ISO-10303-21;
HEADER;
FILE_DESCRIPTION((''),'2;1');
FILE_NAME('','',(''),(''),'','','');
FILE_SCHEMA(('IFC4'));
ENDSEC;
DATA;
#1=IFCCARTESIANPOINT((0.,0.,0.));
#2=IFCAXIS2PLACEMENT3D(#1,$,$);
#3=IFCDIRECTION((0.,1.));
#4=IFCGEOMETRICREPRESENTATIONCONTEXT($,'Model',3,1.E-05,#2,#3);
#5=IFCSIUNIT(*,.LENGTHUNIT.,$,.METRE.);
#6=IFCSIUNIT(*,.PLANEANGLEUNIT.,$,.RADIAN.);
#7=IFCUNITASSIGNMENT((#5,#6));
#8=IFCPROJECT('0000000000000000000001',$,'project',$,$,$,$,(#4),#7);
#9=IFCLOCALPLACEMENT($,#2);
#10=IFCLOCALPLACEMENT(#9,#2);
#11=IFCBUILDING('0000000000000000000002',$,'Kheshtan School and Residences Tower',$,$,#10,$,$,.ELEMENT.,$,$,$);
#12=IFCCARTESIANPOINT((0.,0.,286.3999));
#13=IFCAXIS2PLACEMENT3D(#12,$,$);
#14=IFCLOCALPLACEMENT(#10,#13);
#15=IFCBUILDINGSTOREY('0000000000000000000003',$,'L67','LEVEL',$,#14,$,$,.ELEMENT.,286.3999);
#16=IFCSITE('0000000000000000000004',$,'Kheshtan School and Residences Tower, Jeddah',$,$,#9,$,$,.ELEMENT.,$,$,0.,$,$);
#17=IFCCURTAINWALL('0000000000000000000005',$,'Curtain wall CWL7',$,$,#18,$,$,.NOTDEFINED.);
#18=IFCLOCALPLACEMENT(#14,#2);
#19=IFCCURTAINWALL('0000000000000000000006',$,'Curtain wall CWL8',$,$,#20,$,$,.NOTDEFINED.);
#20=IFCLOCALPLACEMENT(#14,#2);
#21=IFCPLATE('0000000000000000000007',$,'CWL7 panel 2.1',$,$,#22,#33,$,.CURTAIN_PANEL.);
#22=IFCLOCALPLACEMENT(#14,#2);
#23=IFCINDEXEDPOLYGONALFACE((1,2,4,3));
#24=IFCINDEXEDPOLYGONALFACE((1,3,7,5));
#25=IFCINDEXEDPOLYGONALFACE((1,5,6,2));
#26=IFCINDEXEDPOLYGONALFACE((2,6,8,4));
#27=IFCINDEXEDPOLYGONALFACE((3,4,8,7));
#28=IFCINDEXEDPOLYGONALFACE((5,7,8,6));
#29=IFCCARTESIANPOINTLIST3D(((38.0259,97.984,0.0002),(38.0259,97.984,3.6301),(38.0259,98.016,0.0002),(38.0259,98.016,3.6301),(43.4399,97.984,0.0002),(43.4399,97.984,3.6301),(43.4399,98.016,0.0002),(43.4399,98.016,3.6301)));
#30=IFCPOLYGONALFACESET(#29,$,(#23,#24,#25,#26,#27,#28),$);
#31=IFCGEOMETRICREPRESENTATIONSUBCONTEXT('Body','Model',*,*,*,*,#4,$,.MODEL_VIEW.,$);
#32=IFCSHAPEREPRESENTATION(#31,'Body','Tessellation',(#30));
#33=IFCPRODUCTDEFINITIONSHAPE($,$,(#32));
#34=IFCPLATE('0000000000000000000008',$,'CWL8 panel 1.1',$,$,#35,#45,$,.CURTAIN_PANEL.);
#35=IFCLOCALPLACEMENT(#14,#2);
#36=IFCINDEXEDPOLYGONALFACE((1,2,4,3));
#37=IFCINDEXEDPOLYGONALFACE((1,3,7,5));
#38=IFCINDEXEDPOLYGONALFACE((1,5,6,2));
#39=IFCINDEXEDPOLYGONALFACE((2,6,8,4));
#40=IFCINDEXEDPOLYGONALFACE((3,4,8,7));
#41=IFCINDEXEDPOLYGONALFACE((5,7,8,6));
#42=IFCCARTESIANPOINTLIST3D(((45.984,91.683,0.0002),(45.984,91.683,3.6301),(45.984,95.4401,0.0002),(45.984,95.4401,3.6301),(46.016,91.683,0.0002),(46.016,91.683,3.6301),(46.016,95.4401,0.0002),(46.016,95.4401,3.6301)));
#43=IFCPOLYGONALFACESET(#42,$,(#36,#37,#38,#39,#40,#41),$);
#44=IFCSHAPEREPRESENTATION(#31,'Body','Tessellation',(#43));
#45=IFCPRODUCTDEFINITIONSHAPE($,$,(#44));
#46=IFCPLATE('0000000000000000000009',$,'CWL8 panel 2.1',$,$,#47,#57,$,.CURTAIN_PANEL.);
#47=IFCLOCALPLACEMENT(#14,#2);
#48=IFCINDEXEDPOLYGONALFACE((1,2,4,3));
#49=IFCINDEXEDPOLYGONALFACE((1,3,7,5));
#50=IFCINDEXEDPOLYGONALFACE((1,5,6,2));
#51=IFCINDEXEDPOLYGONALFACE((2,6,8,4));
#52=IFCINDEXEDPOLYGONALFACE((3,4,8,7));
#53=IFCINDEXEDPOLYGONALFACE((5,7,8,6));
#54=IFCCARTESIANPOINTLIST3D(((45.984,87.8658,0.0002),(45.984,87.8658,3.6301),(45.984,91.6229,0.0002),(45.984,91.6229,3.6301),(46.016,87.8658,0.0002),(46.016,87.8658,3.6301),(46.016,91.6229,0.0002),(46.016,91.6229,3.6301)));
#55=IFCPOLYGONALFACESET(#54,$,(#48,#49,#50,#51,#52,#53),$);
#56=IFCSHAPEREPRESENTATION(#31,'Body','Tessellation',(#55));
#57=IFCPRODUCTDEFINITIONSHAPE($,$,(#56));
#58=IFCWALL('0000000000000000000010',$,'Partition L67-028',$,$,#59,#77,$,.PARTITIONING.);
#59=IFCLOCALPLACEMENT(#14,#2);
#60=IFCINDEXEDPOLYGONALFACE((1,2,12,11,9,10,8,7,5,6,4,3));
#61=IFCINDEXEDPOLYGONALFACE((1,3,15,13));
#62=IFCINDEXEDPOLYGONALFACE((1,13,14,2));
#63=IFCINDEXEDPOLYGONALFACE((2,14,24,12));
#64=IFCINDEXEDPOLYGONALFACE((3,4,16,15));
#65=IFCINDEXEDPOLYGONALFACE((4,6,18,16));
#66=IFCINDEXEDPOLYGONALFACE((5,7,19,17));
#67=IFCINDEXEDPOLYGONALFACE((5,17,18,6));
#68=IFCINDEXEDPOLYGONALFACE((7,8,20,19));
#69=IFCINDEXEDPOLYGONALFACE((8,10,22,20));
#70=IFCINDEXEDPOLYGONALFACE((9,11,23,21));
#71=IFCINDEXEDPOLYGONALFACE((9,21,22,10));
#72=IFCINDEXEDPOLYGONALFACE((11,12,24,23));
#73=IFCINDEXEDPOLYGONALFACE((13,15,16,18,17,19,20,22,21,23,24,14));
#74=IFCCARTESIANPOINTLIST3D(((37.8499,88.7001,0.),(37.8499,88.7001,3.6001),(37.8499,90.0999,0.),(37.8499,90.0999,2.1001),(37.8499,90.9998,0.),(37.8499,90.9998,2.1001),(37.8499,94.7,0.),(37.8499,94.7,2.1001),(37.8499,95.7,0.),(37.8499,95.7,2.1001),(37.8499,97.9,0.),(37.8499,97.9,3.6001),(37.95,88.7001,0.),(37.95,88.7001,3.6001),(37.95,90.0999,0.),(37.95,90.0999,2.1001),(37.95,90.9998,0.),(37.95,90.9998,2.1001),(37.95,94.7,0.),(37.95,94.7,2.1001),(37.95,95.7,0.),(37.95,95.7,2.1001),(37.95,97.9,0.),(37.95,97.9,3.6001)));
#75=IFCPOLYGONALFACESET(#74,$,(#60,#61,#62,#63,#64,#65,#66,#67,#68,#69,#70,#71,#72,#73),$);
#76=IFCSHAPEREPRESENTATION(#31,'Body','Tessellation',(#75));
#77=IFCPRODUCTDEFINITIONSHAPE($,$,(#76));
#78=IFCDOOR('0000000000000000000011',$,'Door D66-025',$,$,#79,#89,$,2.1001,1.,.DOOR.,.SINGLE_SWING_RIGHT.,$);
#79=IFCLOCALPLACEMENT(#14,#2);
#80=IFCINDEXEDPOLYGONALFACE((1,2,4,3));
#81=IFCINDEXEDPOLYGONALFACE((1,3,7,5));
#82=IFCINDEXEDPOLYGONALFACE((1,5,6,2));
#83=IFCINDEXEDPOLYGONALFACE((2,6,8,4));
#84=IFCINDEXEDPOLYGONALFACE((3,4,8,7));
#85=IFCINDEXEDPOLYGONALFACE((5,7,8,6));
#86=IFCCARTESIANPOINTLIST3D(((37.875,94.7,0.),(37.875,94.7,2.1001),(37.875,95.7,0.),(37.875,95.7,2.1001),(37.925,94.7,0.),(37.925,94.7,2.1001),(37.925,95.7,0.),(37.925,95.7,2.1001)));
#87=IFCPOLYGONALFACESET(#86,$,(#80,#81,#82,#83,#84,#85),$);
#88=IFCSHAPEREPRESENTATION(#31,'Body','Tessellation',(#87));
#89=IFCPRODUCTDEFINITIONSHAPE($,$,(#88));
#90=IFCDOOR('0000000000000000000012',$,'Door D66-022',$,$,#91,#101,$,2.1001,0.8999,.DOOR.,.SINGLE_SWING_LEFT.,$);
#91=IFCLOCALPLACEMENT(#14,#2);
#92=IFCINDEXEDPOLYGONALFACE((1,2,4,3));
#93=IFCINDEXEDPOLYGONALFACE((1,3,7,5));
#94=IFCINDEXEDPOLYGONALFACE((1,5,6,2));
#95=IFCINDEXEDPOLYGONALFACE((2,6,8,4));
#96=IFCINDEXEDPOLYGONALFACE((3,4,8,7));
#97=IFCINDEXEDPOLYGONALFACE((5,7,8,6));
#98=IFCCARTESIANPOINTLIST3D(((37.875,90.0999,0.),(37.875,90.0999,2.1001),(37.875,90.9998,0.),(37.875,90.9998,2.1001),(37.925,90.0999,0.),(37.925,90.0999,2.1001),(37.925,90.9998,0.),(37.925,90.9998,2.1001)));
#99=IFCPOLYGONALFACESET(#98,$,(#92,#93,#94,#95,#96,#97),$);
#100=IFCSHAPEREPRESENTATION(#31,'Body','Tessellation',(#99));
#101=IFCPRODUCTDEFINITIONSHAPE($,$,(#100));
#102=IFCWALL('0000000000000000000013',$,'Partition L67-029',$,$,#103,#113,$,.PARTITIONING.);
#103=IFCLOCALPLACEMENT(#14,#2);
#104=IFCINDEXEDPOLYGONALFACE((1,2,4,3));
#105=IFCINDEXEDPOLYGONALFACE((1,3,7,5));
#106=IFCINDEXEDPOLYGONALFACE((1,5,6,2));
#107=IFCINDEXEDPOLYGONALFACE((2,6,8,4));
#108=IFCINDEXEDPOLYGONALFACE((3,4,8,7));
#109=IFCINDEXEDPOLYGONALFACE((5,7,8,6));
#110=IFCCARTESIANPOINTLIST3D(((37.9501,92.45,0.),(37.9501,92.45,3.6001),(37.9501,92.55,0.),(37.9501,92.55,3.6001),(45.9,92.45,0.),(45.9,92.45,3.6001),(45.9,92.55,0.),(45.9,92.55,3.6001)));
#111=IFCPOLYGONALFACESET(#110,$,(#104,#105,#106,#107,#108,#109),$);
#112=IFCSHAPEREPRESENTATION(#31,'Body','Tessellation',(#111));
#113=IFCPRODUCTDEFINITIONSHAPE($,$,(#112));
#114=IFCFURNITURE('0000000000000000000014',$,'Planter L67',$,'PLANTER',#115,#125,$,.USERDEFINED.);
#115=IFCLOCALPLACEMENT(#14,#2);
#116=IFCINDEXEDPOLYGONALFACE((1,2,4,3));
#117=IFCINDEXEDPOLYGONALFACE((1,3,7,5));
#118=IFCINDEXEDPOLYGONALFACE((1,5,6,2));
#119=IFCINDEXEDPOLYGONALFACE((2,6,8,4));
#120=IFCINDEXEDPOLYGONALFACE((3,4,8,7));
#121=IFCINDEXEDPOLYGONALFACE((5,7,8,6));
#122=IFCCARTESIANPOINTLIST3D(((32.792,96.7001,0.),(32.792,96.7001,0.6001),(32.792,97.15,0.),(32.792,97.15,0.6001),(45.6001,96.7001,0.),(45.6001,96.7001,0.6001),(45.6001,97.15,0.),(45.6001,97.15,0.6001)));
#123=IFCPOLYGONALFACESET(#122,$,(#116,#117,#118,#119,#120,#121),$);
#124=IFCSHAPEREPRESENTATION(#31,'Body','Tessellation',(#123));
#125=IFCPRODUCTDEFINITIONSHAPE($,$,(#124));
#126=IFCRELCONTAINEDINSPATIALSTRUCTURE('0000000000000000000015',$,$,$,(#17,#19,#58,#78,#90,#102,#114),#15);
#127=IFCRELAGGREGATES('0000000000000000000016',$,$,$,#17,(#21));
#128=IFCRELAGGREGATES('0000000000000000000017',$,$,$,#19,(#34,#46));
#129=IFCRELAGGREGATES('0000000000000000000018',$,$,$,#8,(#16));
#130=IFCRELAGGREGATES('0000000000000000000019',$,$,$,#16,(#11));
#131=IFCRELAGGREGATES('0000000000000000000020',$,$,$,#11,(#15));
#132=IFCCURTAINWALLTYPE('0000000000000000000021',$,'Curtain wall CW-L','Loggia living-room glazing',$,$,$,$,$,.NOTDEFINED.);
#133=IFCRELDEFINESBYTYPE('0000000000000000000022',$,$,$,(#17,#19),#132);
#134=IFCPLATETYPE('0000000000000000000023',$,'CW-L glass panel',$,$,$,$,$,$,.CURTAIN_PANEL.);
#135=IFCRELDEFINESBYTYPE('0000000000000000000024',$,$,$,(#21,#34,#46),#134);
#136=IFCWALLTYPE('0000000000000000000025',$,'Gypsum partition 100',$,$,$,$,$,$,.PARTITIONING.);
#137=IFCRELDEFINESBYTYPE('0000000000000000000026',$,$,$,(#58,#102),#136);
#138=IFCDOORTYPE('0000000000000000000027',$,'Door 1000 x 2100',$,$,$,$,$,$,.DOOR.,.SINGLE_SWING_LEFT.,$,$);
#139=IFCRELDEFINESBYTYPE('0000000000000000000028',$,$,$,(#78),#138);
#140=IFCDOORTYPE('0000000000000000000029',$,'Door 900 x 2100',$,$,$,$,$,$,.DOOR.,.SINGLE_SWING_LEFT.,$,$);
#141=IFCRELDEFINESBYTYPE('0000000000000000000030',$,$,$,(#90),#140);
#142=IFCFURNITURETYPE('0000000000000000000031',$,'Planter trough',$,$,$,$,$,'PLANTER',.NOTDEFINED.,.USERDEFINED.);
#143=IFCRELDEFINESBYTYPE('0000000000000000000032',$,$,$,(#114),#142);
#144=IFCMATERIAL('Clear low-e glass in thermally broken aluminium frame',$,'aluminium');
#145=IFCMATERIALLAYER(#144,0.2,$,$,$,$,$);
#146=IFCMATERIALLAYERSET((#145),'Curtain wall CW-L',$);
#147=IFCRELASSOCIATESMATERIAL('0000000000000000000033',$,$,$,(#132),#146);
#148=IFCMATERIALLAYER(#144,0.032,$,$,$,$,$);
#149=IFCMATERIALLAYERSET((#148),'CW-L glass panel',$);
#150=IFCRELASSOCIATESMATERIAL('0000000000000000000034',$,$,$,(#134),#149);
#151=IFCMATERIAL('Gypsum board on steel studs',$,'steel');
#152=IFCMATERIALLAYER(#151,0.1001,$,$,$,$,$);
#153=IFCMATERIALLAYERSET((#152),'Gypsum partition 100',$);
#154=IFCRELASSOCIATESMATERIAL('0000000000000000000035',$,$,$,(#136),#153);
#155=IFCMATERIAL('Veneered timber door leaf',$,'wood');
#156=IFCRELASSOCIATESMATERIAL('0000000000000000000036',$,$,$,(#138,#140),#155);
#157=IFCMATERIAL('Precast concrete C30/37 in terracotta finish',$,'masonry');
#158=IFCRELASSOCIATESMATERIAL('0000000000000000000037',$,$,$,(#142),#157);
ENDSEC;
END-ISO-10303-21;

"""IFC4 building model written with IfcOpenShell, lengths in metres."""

from ifc_helpers import new_model, si_unit, direction, frame, frame_2d, origin, origin_2d, place, context, subcontext, project, spatial, rectangle, extrude, source, transform, mapped, material, layer, layer_set, type_object, element, fill, aggregate, save


model = new_model("IFC4")

# Units and contexts
model_context = context("Model", 3, precision=1e-05, world=origin(), true_north=direction((0.0, 1.0)))
body_context = subcontext(model_context, "Body", "Model", "MODEL_VIEW")
ifc_project = project(units=[si_unit("LENGTHUNIT", "METRE"), si_unit("PLANEANGLEUNIT", "RADIAN")], contexts=[model_context])

# Site, building, storey
site_placement = place(None, origin())
site = spatial("IfcSite", under=ifc_project, at=site_placement, Name="Kheshtan School and Residences Tower, Jeddah", CompositionType="ELEMENT", RefElevation=0.0)
building_placement = place(site_placement, origin())
building = spatial("IfcBuilding", under=site, at=building_placement, Name="Kheshtan School and Residences Tower", CompositionType="ELEMENT")
storey_placement = place(building_placement, frame((0.0, 0.0, 286.3999)))
storey = spatial("IfcBuildingStorey", under=building, at=storey_placement, Name="L67", Description="LEVEL", CompositionType="ELEMENT", Elevation=286.3999)

# Curtain walls
ifc_material_1 = material(Name="Clear low-e glass in thermally broken aluminium frame", Category="aluminium")
ifc_layer_1 = layer(ifc_material_1, 0.2)
ifc_layer_set_1 = layer_set([ifc_layer_1], Name="Curtain wall CW-L")
curtain_wall_type = type_object("IfcCurtainWallType", Name="Curtain wall CW-L", Description="Loggia living-room glazing", PredefinedType="NOTDEFINED", material=ifc_layer_set_1)
curtain_wall_1_placement = place(storey_placement, origin())
curtain_wall_1 = element("IfcCurtainWall", 1, at=curtain_wall_1_placement, inside=storey, type_object=curtain_wall_type, Name="Curtain wall CWL7", PredefinedType="NOTDEFINED")
curtain_wall_2_placement = place(storey_placement, origin())
curtain_wall_2 = element("IfcCurtainWall", 2, at=curtain_wall_2_placement, inside=storey, type_object=curtain_wall_type, Name="Curtain wall CWL8", PredefinedType="NOTDEFINED")

# Plates
ifc_layer_2 = layer(ifc_material_1, 0.032)
ifc_layer_set_2 = layer_set([ifc_layer_2], Name="CW-L glass panel")
plate_type = type_object("IfcPlateType", Name="CW-L glass panel", PredefinedType="CURTAIN_PANEL", material=ifc_layer_set_2)
plate_1_placement = place(storey_placement, frame((40.7329, 98.0, 0.0002), z_axis=(0.0, 0.0, 1.0), x_axis=(1.0, 0.0, 0.0)))
plate_1 = element("IfcPlate", 3, at=plate_1_placement, type_object=plate_type, Name="CWL7 panel 2.1", PredefinedType="CURTAIN_PANEL", context=body_context, shape_type="SweptSolid", body=[
    extrude(rectangle(XDim=5.4141, YDim=0.032, at=origin_2d()), origin(), (0.0, 0.0, 1.0), 3.6299),
])
aggregate(curtain_wall_1, [plate_1])
plate_2_placement = place(storey_placement, frame((46.0, 93.5615, 0.0002), z_axis=(0.0, 0.0, 1.0), x_axis=(0.0, -1.0, 0.0)))
plate_2 = element("IfcPlate", 4, at=plate_2_placement, type_object=plate_type, Name="CWL8 panel 1.1", PredefinedType="CURTAIN_PANEL", context=body_context, shape_type="SweptSolid", body=[
    extrude(rectangle(XDim=3.7571, YDim=0.032, at=origin_2d()), origin(), (0.0, 0.0, 1.0), 3.6299),
])
plate_3_placement = place(storey_placement, frame((46.0, 89.7444, 0.0002), z_axis=(0.0, 0.0, 1.0), x_axis=(0.0, -1.0, 0.0)))
plate_3 = element("IfcPlate", 5, at=plate_3_placement, type_object=plate_type, Name="CWL8 panel 2.1", PredefinedType="CURTAIN_PANEL", context=body_context, shape_type="SweptSolid", body=[
    extrude(rectangle(XDim=3.7571, YDim=0.032, at=origin_2d()), origin(), (0.0, 0.0, 1.0), 3.6299),
])
aggregate(curtain_wall_2, [plate_2, plate_3])

# Wall, openings, doors
ifc_material_2 = material(Name="Gypsum board on steel studs", Category="steel")
ifc_layer_3 = layer(ifc_material_2, 0.1001)
ifc_layer_set_3 = layer_set([ifc_layer_3], Name="Gypsum partition 100")
wall_type_1 = type_object("IfcWallType", Name="Gypsum partition 100", PredefinedType="PARTITIONING", material=ifc_layer_set_3)
wall_1_placement = place(storey_placement, frame((37.8999, 88.7, 0.0), z_axis=(0.0, 0.0, 1.0), x_axis=(0.0, 1.0, 0.0)))
wall_1 = element("IfcWall", 6, at=wall_1_placement, inside=storey, type_object=wall_type_1, Name="Partition L67-028", PredefinedType="PARTITIONING", context=body_context, shape_type="SweptSolid", body=[
    extrude(rectangle(XDim=9.2, YDim=0.1001, at=frame_2d((4.6001, 0.0))), origin(), (0.0, 0.0, 1.0), 3.6001),
])
opening_1_placement = place(wall_1_placement, frame((1.3999, 0.0, 0.0)))
opening_1 = element("IfcOpeningElement", 7, at=opening_1_placement, cuts=wall_1, PredefinedType="OPENING", context=body_context, shape_type="SweptSolid", body=[
    extrude(rectangle(XDim=0.8999, YDim=2.1001, at=frame_2d((0.45, 1.05))), frame((0.0, 0.0601, 0.0), z_axis=(0.0, -1.0, 0.0), x_axis=(1.0, 0.0, 0.0)), (0.0, 0.0, 1.0), 0.1201),
])
opening_2_placement = place(wall_1_placement, frame((6.0, 0.0, 0.0)))
opening_2 = element("IfcOpeningElement", 8, at=opening_2_placement, cuts=wall_1, PredefinedType="OPENING", context=body_context, shape_type="SweptSolid", body=[
    extrude(rectangle(XDim=1.0, YDim=2.1001, at=frame_2d((0.5, 1.05))), frame((0.0, 0.0601, 0.0), z_axis=(0.0, -1.0, 0.0), x_axis=(1.0, 0.0, 0.0)), (0.0, 0.0, 1.0), 0.1201),
])
ifc_material_3 = material(Name="Veneered timber door leaf", Category="wood")
door_type_1 = type_object("IfcDoorType", Name="Door 1000 x 2100", OperationType="SINGLE_SWING_LEFT", PredefinedType="DOOR", material=ifc_material_3)
shared_shape_1 = source(origin(), body_context, "Body", "SweptSolid", [
    extrude(rectangle(XDim=1.0, YDim=2.1001, at=frame_2d((0.5, 1.05))), frame((0.0, 0.0249, 0.0), z_axis=(0.0, -1.0, 0.0), x_axis=(1.0, 0.0, 0.0)), (0.0, 0.0, 1.0), 0.05),
])
door_1_placement = place(opening_2_placement, origin())
door_1 = element("IfcDoor", 9, at=door_1_placement, inside=storey, type_object=door_type_1, Name="Door D66-025", OperationType="SINGLE_SWING_RIGHT", OverallHeight=2.1001, OverallWidth=1.0, PredefinedType="DOOR", context=body_context, shape_type="MappedRepresentation", body=[
    mapped(shared_shape_1, transform((0.0, 0.0, 0.0), x_axis=(1.0, 0.0, 0.0), y_axis=(0.0, 1.0, 0.0), z_axis=(0.0, 0.0, 1.0), scale=1.0)),
])
fill(opening_2, door_1)
door_type_2 = type_object("IfcDoorType", Name="Door 900 x 2100", OperationType="SINGLE_SWING_LEFT", PredefinedType="DOOR", material=ifc_material_3)
shared_shape_2 = source(origin(), body_context, "Body", "SweptSolid", [
    extrude(rectangle(XDim=0.8999, YDim=2.1001, at=frame_2d((0.45, 1.05))), frame((0.0, 0.0249, 0.0), z_axis=(0.0, -1.0, 0.0), x_axis=(1.0, 0.0, 0.0)), (0.0, 0.0, 1.0), 0.05),
])
door_2_placement = place(opening_1_placement, origin())
door_2 = element("IfcDoor", 10, at=door_2_placement, inside=storey, type_object=door_type_2, Name="Door D66-022", OperationType="SINGLE_SWING_LEFT", OverallHeight=2.1001, OverallWidth=0.8999, PredefinedType="DOOR", context=body_context, shape_type="MappedRepresentation", body=[
    mapped(shared_shape_2, transform((0.0, 0.0, 0.0), x_axis=(1.0, 0.0, 0.0), y_axis=(0.0, 1.0, 0.0), z_axis=(0.0, 0.0, 1.0), scale=1.0)),
])
fill(opening_1, door_2)

# Wall
wall_2_placement = place(storey_placement, frame((37.95, 92.5, 0.0), z_axis=(0.0, 0.0, 1.0), x_axis=(1.0, 0.0, 0.0)))
element("IfcWall", 11, at=wall_2_placement, inside=storey, type_object=wall_type_1, Name="Partition L67-029", PredefinedType="PARTITIONING", context=body_context, shape_type="SweptSolid", body=[
    extrude(rectangle(XDim=7.95, YDim=0.1001, at=frame_2d((3.9751, 0.0))), origin(), (0.0, 0.0, 1.0), 3.6001),
])

# Furniture
ifc_material_4 = material(Name="Precast concrete C30/37 in terracotta finish", Category="masonry")
furniture_type = type_object("IfcFurnitureType", Name="Planter trough", ElementType="PLANTER", AssemblyPlace="NOTDEFINED", PredefinedType="USERDEFINED", material=ifc_material_4)
furniture_placement = place(storey_placement, frame((39.196, 96.925, 0.0), z_axis=(0.0, 0.0, 1.0), x_axis=(1.0, 0.0, 0.0)))
element("IfcFurniture", 12, at=furniture_placement, inside=storey, type_object=furniture_type, Name="Planter L67", ObjectType="PLANTER", PredefinedType="USERDEFINED", context=body_context, shape_type="SweptSolid", body=[
    extrude(rectangle(XDim=12.8081, YDim=0.45, at=origin_2d()), origin(), (0.0, 0.0, 1.0), 0.6001),
])

save(model, "model.ifc")
